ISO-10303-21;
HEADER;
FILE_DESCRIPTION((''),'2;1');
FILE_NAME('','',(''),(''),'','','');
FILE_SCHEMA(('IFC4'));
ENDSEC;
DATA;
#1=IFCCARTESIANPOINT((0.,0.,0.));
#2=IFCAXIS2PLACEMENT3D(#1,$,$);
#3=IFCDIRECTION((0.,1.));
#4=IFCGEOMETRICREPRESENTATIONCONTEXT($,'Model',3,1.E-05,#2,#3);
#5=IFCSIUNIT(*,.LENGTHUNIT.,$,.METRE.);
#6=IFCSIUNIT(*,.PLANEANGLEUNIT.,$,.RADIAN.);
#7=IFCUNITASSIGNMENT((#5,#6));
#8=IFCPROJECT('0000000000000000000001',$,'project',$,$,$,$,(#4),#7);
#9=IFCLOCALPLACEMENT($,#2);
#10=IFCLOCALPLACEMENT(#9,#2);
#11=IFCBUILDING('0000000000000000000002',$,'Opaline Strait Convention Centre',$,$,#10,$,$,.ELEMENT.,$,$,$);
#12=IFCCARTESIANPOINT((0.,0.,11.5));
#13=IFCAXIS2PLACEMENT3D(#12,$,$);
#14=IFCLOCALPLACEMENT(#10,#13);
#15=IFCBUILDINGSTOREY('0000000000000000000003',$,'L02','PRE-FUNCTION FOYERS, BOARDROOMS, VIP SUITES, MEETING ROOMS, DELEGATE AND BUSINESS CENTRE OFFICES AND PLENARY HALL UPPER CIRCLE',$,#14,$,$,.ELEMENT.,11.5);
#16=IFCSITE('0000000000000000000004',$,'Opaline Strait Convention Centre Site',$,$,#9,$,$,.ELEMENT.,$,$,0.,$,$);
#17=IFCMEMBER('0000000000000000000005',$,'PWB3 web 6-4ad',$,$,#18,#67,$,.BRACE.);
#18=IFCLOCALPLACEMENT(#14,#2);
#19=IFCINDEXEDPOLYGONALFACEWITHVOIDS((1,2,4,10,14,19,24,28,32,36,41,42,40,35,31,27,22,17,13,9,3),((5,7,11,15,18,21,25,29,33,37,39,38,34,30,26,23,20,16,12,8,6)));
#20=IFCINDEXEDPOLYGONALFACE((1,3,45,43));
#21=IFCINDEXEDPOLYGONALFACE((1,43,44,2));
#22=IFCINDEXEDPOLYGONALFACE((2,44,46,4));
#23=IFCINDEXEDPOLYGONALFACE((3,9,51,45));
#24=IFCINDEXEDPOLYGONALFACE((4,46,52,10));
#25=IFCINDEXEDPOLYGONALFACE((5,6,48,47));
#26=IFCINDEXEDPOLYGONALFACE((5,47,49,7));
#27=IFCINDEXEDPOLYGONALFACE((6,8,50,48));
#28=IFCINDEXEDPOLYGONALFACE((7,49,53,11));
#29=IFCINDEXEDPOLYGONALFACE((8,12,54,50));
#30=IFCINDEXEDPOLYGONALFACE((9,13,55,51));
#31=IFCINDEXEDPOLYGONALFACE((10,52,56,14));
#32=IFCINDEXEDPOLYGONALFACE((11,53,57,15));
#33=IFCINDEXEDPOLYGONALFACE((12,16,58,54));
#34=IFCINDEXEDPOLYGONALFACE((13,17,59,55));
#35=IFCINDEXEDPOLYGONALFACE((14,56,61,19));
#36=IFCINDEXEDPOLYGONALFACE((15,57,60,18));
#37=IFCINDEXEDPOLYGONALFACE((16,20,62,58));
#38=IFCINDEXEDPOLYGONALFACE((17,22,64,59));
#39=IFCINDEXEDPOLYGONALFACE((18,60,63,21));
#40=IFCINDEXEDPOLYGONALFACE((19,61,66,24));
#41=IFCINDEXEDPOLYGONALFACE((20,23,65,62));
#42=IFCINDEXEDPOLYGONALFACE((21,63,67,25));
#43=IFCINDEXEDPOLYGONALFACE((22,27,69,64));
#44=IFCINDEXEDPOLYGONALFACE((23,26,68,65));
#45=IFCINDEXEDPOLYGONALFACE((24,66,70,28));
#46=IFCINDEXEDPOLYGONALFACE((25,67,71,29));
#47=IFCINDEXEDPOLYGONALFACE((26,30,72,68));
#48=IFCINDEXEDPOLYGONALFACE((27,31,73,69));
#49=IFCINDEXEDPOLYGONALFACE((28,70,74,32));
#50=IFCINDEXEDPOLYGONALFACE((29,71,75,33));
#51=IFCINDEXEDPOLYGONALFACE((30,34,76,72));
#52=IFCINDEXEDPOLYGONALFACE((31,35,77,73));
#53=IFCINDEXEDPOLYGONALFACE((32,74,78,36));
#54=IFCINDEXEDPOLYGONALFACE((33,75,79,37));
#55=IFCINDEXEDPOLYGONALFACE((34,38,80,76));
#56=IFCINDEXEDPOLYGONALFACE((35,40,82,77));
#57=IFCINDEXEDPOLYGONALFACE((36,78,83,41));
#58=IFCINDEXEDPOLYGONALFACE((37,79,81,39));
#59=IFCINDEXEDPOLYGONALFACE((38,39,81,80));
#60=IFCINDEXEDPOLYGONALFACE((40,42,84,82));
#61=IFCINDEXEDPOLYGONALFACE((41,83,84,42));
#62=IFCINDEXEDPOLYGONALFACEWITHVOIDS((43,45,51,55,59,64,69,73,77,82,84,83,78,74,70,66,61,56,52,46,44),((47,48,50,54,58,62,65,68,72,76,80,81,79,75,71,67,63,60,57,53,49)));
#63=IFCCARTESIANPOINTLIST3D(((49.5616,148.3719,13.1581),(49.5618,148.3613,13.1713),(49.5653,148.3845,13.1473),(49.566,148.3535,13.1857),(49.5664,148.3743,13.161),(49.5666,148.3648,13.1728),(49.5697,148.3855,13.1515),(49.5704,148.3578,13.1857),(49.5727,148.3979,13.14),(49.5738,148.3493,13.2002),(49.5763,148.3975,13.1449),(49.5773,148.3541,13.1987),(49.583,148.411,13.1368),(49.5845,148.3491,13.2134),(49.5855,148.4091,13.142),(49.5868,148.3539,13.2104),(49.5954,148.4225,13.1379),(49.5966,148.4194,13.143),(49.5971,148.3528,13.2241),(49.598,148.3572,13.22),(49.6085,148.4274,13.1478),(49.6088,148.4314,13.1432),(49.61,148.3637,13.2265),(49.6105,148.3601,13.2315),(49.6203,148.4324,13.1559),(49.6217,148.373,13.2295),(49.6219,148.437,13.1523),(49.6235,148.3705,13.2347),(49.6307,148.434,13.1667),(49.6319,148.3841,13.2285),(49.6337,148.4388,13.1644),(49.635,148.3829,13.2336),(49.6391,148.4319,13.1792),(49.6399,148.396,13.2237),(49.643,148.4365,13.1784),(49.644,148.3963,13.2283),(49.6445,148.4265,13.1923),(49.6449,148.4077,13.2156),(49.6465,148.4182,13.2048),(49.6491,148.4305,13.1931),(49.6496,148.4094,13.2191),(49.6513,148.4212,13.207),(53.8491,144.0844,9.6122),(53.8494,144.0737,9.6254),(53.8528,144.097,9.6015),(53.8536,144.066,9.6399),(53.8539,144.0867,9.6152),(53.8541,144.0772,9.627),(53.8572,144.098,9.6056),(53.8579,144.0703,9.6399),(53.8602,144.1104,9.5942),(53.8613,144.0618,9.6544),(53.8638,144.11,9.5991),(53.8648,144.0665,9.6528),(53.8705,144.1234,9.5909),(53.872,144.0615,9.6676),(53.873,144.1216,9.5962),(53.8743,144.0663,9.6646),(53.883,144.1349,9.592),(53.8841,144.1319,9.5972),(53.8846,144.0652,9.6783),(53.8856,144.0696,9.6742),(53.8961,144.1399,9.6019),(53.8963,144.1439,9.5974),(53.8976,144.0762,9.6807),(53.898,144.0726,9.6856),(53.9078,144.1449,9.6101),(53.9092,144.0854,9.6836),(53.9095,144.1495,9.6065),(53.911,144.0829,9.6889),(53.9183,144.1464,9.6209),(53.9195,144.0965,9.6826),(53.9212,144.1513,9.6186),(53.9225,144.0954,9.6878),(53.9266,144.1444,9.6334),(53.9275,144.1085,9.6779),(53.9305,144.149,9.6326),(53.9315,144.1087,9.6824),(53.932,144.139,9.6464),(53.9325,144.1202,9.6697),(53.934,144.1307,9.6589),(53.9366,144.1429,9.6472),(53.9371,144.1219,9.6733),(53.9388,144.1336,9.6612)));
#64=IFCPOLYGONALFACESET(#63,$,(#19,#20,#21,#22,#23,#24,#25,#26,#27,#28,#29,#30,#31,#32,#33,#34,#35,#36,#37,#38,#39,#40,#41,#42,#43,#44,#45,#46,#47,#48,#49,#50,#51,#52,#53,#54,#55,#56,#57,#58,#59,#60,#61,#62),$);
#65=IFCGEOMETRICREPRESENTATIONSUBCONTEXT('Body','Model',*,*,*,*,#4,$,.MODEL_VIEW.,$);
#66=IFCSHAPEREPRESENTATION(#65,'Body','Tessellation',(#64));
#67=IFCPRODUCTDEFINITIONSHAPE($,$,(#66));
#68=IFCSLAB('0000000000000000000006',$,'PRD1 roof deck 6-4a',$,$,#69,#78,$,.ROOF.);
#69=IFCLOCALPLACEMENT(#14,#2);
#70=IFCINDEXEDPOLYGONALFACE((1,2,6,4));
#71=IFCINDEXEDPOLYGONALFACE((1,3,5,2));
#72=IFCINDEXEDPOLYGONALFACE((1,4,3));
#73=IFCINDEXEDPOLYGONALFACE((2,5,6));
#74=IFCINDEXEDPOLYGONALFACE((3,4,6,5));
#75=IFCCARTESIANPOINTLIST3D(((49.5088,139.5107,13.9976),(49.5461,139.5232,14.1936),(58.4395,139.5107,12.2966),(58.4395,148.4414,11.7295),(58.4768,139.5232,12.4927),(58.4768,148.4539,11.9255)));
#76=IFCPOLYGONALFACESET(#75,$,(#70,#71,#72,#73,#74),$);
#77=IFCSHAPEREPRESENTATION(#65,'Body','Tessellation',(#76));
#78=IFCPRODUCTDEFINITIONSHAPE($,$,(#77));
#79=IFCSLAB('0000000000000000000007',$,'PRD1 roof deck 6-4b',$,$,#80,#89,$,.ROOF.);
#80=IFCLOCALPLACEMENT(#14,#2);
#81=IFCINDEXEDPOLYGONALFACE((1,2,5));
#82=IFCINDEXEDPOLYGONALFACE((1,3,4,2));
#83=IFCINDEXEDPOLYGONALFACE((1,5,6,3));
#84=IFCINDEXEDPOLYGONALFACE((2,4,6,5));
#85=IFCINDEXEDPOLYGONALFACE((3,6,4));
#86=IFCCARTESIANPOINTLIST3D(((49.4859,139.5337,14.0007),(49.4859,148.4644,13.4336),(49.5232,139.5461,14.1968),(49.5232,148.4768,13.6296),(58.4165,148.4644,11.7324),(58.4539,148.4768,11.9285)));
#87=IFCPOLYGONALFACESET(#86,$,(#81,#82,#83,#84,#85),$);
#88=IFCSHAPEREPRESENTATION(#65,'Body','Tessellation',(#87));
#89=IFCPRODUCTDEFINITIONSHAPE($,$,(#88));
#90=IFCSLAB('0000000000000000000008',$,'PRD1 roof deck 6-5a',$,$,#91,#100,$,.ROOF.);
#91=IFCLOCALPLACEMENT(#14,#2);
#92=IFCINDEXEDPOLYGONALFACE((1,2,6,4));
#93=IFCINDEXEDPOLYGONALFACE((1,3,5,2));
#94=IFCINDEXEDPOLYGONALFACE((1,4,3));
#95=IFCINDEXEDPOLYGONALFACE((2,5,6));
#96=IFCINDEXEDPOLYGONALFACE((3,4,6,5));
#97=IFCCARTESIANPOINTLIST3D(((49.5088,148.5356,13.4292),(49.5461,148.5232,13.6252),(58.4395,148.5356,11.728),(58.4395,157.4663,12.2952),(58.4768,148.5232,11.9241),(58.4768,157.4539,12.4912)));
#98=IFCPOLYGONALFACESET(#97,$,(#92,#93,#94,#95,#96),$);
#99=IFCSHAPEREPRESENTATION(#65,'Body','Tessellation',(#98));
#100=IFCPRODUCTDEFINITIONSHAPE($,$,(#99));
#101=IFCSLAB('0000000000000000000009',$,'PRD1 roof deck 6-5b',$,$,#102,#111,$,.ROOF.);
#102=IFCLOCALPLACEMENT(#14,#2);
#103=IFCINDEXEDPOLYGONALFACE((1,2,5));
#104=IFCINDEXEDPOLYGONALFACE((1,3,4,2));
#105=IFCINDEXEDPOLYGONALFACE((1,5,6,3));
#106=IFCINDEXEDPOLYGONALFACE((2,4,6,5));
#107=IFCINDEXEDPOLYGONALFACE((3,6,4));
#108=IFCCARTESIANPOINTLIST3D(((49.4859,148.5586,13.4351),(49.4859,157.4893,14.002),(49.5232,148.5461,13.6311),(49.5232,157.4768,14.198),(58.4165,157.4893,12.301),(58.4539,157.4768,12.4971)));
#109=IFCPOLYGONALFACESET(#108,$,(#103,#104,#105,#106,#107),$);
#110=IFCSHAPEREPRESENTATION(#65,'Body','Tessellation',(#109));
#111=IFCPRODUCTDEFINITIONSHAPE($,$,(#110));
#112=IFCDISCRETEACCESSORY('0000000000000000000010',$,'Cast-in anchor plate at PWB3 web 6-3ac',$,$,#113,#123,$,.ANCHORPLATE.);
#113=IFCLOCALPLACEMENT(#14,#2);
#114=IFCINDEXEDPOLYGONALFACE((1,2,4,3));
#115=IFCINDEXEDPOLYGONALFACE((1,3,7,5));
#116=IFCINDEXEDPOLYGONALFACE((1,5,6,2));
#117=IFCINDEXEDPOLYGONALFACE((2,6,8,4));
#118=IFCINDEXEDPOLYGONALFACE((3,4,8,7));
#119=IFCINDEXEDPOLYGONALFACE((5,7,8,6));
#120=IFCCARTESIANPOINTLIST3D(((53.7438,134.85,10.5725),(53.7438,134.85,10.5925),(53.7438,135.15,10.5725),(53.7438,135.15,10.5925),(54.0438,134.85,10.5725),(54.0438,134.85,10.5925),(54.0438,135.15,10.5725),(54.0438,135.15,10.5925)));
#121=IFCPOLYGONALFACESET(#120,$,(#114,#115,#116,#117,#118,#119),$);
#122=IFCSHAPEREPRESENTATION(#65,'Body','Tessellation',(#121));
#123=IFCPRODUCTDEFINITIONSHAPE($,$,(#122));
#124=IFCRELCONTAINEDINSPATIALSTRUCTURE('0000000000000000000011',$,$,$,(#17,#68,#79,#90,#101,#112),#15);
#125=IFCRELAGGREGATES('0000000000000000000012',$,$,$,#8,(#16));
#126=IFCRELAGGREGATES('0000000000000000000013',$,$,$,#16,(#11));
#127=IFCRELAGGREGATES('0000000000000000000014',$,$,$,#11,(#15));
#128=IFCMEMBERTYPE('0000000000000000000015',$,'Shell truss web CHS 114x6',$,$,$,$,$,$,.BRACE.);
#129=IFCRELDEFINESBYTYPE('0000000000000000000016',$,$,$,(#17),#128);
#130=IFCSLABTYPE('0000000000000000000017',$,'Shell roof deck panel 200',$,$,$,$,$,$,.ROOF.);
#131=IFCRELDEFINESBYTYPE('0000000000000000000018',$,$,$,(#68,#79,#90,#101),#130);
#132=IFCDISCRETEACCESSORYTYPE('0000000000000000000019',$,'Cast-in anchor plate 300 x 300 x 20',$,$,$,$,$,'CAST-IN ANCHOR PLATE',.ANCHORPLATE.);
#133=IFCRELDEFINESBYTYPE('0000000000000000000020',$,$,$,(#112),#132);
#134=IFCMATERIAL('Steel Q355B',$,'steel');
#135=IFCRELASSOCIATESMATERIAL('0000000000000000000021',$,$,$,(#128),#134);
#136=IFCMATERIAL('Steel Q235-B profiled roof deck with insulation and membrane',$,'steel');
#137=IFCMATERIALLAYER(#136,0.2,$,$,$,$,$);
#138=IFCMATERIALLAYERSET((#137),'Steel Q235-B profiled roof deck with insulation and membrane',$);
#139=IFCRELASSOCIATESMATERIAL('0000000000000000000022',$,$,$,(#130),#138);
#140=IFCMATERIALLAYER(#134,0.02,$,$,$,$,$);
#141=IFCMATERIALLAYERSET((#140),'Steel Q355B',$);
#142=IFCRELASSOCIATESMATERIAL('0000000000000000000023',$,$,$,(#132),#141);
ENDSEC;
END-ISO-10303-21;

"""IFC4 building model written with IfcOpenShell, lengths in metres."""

from ifc_helpers import new_model, si_unit, direction, frame, origin, origin_2d, place, context, subcontext, project, spatial, polyline, rectangle, hollow_circle, outline, extrude, material, layer, layer_set, material_profile, profile_set, type_object, element, save


model = new_model("IFC4")

# Units and contexts
model_context = context("Model", 3, precision=1e-05, world=origin(), true_north=direction((0.0, 1.0)))
body_context = subcontext(model_context, "Body", "Model", "MODEL_VIEW")
ifc_project = project(units=[si_unit("LENGTHUNIT", "METRE"), si_unit("PLANEANGLEUNIT", "RADIAN")], contexts=[model_context])

# Site, building, storey
site_placement = place(None, origin())
site = spatial("IfcSite", under=ifc_project, at=site_placement, Name="Opaline Strait Convention Centre Site", CompositionType="ELEMENT", RefElevation=0.0)
building_placement = place(site_placement, origin())
building = spatial("IfcBuilding", under=site, at=building_placement, Name="Opaline Strait Convention Centre", CompositionType="ELEMENT")
storey_placement = place(building_placement, frame((0.0, 0.0, 11.5)))
storey = spatial("IfcBuildingStorey", under=building, at=storey_placement, Name="L02", Description="PRE-FUNCTION FOYERS, BOARDROOMS, VIP SUITES, MEETING ROOMS, DELEGATE AND BUSINESS CENTRE OFFICES AND PLENARY HALL UPPER CIRCLE", CompositionType="ELEMENT", Elevation=11.5)

# Member
ifc_material_1 = material(Name="Steel Q355B", Category="steel")
ifc_material_profile_1 = material_profile(ifc_material_1, hollow_circle(Radius=0.0569, WallThickness=0.0061, at=origin_2d()), Name="CHS 114x6")
ifc_profile_set_1 = profile_set([ifc_material_profile_1], Name="Steel Q355B")
member_type_1 = type_object("IfcMemberType", Name="Shell truss web CHS 114x6", PredefinedType="BRACE", material=ifc_profile_set_1)
member_1_placement = place(storey_placement, frame((53.8938, 144.1062, 9.6399), z_axis=(-0.610398, 0.610398, 0.504807), x_axis=(-0.707107, -0.707107, 0.0)))
element("IfcMember", 1, at=member_1_placement, inside=storey, type_object=member_type_1, Name="PWB3 web 6-4ad", PredefinedType="BRACE", context=body_context, shape_type="SweptSolid", body=[
    extrude(hollow_circle(Radius=0.0569, WallThickness=0.0061, at=origin_2d()), origin(), (0.0, 0.0, 1.0), 7.0242),
])

# Slabs
ifc_material_2 = material(Name="Steel Q235-B profiled roof deck with insulation and membrane", Category="steel")
ifc_layer_1 = layer(ifc_material_2, 0.2)
ifc_layer_set_1 = layer_set([ifc_layer_1], Name="Steel Q235-B profiled roof deck with insulation and membrane")
slab_type = type_object("IfcSlabType", Name="Shell roof deck panel 200", PredefinedType="ROOF", material=ifc_layer_set_1)
slab_1_placement = place(storey_placement, frame((49.5461, 139.5232, 14.1936), z_axis=(0.186733, 0.062262, 0.980436), x_axis=(0.982342, 0.0, -0.187096)))
element("IfcSlab", 2, at=slab_1_placement, inside=storey, type_object=slab_type, Name="PRD1 roof deck 6-4a", PredefinedType="ROOF", context=body_context, shape_type="SweptSolid", body=[
    extrude(outline(polyline([(0.0, 0.0), (9.0912, 0.0), (9.1973, 8.948), (0.0, 0.0)])), origin(), (0.0, 0.0, -1.0), 0.2),
])
slab_2_placement = place(storey_placement, frame((49.5232, 139.5461, 14.1968), z_axis=(0.186759, 0.062262, 0.980431), x_axis=(0.695971, 0.695971, -0.176771)))
element("IfcSlab", 3, at=slab_2_placement, inside=storey, type_object=slab_type, Name="PRD1 roof deck 6-4b", PredefinedType="ROOF", context=body_context, shape_type="SweptSolid", body=[
    extrude(outline(polyline([(0.0, 0.0), (12.8319, 0.0), (6.3157, 6.3395), (0.0, 0.0)])), origin(), (0.0, 0.0, -1.0), 0.2),
])
slab_3_placement = place(storey_placement, frame((49.5461, 148.5232, 13.6252), z_axis=(0.186759, -0.062262, 0.980431), x_axis=(0.982337, 0.0, -0.187122)))
element("IfcSlab", 4, at=slab_3_placement, inside=storey, type_object=slab_type, Name="PRD1 roof deck 6-5a", PredefinedType="ROOF", context=body_context, shape_type="SweptSolid", body=[
    extrude(outline(polyline([(0.0, 0.0), (9.0912, 0.0), (8.9851, 8.948), (0.0, 0.0)])), origin(), (0.0, 0.0, -1.0), 0.2),
])
slab_4_placement = place(storey_placement, frame((49.5232, 148.5461, 13.6311), z_axis=(0.186733, -0.062236, 0.980437), x_axis=(0.704273, 0.704273, -0.08943)))
element("IfcSlab", 5, at=slab_4_placement, inside=storey, type_object=slab_type, Name="PRD1 roof deck 6-5b", PredefinedType="ROOF", context=body_context, shape_type="SweptSolid", body=[
    extrude(outline(polyline([(0.0, 0.0), (12.6807, 0.0), (6.2389, 6.4151), (0.0, 0.0)])), origin(), (0.0, 0.0, -1.0), 0.2),
])

# Discrete accessory
ifc_layer_2 = layer(ifc_material_1, 0.02)
ifc_layer_set_2 = layer_set([ifc_layer_2], Name="Steel Q355B")
discrete_accessory_type = type_object("IfcDiscreteAccessoryType", Name="Cast-in anchor plate 300 x 300 x 20", ElementType="CAST-IN ANCHOR PLATE", PredefinedType="ANCHORPLATE", material=ifc_layer_set_2)
discrete_accessory_placement = place(storey_placement, frame((53.8938, 135.0, 10.5725), z_axis=(0.0, 0.0, 1.0), x_axis=(1.0, 0.0, 0.0)))
element("IfcDiscreteAccessory", 6, at=discrete_accessory_placement, inside=storey, type_object=discrete_accessory_type, Name="Cast-in anchor plate at PWB3 web 6-3ac", PredefinedType="ANCHORPLATE", context=body_context, shape_type="SweptSolid", body=[
    extrude(rectangle(XDim=0.3, YDim=0.3, at=origin_2d()), origin(), (0.0, 0.0, 1.0), 0.02),
])

save(model, "model.ifc")
